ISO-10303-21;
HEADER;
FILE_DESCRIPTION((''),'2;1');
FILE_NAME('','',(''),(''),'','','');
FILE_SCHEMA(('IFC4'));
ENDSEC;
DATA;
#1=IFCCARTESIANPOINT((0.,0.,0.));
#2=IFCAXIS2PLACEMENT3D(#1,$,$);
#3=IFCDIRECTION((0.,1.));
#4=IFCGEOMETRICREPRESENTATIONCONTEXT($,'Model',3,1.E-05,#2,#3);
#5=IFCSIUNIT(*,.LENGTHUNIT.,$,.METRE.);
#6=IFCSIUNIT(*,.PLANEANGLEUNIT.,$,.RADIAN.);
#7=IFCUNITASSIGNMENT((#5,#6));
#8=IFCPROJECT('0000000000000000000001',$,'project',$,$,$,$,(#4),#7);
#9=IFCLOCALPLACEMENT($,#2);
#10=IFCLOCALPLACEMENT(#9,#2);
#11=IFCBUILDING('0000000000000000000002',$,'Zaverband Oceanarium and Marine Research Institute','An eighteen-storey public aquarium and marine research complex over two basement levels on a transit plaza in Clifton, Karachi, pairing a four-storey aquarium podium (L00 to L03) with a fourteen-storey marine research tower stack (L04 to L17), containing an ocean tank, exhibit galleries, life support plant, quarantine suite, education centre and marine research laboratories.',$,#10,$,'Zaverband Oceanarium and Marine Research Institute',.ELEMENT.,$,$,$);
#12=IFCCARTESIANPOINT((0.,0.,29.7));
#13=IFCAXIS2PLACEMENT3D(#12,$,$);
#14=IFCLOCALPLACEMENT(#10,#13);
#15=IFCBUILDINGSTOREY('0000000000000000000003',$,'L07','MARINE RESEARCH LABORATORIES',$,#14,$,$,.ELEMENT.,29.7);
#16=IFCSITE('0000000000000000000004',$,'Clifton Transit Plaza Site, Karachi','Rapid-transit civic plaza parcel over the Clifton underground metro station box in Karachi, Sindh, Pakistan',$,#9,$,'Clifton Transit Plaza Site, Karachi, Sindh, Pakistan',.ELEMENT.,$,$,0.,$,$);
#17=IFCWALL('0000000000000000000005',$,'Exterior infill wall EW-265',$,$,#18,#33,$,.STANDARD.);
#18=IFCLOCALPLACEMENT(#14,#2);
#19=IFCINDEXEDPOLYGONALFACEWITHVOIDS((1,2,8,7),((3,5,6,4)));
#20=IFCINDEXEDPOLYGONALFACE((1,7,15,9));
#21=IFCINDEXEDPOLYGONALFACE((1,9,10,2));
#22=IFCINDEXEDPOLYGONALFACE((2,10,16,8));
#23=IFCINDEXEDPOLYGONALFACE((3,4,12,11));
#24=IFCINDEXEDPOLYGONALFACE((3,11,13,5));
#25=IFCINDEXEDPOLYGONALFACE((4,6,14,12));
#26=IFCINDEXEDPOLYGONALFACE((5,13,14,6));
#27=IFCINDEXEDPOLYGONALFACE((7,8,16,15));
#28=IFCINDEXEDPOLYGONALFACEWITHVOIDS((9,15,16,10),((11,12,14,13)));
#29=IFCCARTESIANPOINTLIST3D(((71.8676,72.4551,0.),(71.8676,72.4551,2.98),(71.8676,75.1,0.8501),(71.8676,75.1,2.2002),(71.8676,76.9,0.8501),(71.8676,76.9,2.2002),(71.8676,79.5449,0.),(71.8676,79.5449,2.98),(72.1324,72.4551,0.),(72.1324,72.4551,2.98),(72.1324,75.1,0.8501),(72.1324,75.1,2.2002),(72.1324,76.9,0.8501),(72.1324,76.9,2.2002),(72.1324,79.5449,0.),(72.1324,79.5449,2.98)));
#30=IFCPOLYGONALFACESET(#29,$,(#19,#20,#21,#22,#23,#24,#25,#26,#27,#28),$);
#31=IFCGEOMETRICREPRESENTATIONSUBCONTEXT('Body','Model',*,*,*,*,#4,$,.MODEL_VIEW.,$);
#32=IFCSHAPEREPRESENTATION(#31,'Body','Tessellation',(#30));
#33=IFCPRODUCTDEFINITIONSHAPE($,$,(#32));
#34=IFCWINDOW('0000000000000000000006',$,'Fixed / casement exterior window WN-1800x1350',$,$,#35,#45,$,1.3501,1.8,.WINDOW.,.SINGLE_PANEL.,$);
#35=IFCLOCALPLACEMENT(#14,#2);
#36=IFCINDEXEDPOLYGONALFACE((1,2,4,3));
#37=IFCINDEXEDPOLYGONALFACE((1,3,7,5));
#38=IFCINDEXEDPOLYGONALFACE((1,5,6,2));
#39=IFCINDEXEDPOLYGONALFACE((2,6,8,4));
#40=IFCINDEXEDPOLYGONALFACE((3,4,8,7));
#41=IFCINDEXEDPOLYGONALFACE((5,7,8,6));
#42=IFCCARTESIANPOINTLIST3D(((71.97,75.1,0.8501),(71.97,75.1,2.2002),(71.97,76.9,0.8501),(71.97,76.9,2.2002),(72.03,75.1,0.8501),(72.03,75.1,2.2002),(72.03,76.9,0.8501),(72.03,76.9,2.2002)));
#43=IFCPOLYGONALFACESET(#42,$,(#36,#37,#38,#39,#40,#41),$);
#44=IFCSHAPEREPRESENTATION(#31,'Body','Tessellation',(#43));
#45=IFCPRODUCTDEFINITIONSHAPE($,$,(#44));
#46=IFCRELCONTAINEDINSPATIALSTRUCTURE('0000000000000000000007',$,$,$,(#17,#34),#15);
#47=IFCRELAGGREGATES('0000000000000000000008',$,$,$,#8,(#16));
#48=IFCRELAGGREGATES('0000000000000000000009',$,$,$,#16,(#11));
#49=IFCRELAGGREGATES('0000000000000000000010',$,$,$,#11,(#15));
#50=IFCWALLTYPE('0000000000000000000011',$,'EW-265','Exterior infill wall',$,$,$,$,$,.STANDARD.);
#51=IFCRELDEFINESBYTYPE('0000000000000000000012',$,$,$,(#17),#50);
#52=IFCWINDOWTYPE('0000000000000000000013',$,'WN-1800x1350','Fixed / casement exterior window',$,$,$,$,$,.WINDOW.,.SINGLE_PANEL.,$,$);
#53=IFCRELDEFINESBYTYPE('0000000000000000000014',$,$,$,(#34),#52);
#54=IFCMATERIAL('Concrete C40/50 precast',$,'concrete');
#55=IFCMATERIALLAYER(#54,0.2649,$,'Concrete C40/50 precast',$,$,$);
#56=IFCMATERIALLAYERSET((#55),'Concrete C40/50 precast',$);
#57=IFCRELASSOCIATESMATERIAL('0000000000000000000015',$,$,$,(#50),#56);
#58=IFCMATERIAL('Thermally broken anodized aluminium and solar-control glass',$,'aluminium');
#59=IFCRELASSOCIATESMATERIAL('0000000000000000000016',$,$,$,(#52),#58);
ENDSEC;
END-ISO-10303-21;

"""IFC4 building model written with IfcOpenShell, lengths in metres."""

from ifc_helpers import new_model, si_unit, direction, frame, frame_2d, origin, place, context, subcontext, project, spatial, rectangle, extrude, material, layer, layer_set, type_object, element, fill, save


model = new_model("IFC4")

# Units and contexts
model_context = context("Model", 3, precision=1e-05, world=origin(), true_north=direction((0.0, 1.0)))
body_context = subcontext(model_context, "Body", "Model", "MODEL_VIEW")
ifc_project = project(units=[si_unit("LENGTHUNIT", "METRE"), si_unit("PLANEANGLEUNIT", "RADIAN")], contexts=[model_context])

# Site, building, storey
site_placement = place(None, origin())
site = spatial("IfcSite", under=ifc_project, at=site_placement, Name="Clifton Transit Plaza Site, Karachi", Description="Rapid-transit civic plaza parcel over the Clifton underground metro station box in Karachi, Sindh, Pakistan", LongName="Clifton Transit Plaza Site, Karachi, Sindh, Pakistan", CompositionType="ELEMENT", RefElevation=0.0)
building_placement = place(site_placement, origin())
building = spatial("IfcBuilding", under=site, at=building_placement, Name="Zaverband Oceanarium and Marine Research Institute", Description="An eighteen-storey public aquarium and marine research complex over two basement levels on a transit plaza in Clifton, Karachi, pairing a four-storey aquarium podium (L00 to L03) with a fourteen-storey marine research tower stack (L04 to L17), containing an ocean tank, exhibit galleries, life support plant, quarantine suite, education centre and marine research laboratories.", LongName="Zaverband Oceanarium and Marine Research Institute", CompositionType="ELEMENT")
storey_placement = place(building_placement, frame((0.0, 0.0, 29.7)))
storey = spatial("IfcBuildingStorey", under=building, at=storey_placement, Name="L07", Description="MARINE RESEARCH LABORATORIES", CompositionType="ELEMENT", Elevation=29.7)

# Shared definitions
ifc_material_1 = material(Name="Thermally broken anodized aluminium and solar-control glass", Category="aluminium")

# Wall, opening, window
ifc_material_2 = material(Name="Concrete C40/50 precast", Category="concrete")
ifc_layer_1 = layer(ifc_material_2, 0.2649, Name="Concrete C40/50 precast")
ifc_layer_set_1 = layer_set([ifc_layer_1], Name="Concrete C40/50 precast")
wall_type = type_object("IfcWallType", Name="EW-265", Description="Exterior infill wall", PredefinedType="STANDARD", material=ifc_layer_set_1)
wall_placement = place(storey_placement, frame((72.0, 72.4551, 0.0), z_axis=(0.0, 0.0, 1.0), x_axis=(0.0, 1.0, 0.0)))
wall = element("IfcWall", 1, at=wall_placement, inside=storey, type_object=wall_type, Name="Exterior infill wall EW-265", PredefinedType="STANDARD", context=body_context, shape_type="SweptSolid", body=[
    extrude(rectangle(XDim=7.0898, YDim=0.2649, at=frame_2d((3.5449, 0.0))), origin(), (0.0, 0.0, 1.0), 2.98),
])
opening_placement = place(wall_placement, frame((2.645, 0.0, 0.8501)))
opening = element("IfcOpeningElement", 2, at=opening_placement, cuts=wall, PredefinedType="OPENING", context=body_context, shape_type="SweptSolid", body=[
    extrude(rectangle(XDim=1.8, YDim=1.3501, at=frame_2d((0.8999, 0.675))), frame((0.0, 0.1445, 0.0), z_axis=(0.0, -1.0, 0.0), x_axis=(1.0, 0.0, 0.0)), (0.0, 0.0, 1.0), 0.2888),
])
window_type = type_object("IfcWindowType", Name="WN-1800x1350", Description="Fixed / casement exterior window", PartitioningType="SINGLE_PANEL", PredefinedType="WINDOW", material=ifc_material_1)
window_placement = place(opening_placement, origin())
window = element("IfcWindow", 3, at=window_placement, inside=storey, type_object=window_type, Name="Fixed / casement exterior window WN-1800x1350", OverallHeight=1.3501, OverallWidth=1.8, PartitioningType="SINGLE_PANEL", PredefinedType="WINDOW", context=body_context, shape_type="SweptSolid", body=[
    extrude(rectangle(XDim=1.8, YDim=1.3501, at=frame_2d((0.8999, 0.675))), frame((0.0, 0.03, 0.0), z_axis=(0.0, -1.0, 0.0), x_axis=(1.0, 0.0, 0.0)), (0.0, 0.0, 1.0), 0.0601),
])
fill(opening, window)

save(model, "model.ifc")
